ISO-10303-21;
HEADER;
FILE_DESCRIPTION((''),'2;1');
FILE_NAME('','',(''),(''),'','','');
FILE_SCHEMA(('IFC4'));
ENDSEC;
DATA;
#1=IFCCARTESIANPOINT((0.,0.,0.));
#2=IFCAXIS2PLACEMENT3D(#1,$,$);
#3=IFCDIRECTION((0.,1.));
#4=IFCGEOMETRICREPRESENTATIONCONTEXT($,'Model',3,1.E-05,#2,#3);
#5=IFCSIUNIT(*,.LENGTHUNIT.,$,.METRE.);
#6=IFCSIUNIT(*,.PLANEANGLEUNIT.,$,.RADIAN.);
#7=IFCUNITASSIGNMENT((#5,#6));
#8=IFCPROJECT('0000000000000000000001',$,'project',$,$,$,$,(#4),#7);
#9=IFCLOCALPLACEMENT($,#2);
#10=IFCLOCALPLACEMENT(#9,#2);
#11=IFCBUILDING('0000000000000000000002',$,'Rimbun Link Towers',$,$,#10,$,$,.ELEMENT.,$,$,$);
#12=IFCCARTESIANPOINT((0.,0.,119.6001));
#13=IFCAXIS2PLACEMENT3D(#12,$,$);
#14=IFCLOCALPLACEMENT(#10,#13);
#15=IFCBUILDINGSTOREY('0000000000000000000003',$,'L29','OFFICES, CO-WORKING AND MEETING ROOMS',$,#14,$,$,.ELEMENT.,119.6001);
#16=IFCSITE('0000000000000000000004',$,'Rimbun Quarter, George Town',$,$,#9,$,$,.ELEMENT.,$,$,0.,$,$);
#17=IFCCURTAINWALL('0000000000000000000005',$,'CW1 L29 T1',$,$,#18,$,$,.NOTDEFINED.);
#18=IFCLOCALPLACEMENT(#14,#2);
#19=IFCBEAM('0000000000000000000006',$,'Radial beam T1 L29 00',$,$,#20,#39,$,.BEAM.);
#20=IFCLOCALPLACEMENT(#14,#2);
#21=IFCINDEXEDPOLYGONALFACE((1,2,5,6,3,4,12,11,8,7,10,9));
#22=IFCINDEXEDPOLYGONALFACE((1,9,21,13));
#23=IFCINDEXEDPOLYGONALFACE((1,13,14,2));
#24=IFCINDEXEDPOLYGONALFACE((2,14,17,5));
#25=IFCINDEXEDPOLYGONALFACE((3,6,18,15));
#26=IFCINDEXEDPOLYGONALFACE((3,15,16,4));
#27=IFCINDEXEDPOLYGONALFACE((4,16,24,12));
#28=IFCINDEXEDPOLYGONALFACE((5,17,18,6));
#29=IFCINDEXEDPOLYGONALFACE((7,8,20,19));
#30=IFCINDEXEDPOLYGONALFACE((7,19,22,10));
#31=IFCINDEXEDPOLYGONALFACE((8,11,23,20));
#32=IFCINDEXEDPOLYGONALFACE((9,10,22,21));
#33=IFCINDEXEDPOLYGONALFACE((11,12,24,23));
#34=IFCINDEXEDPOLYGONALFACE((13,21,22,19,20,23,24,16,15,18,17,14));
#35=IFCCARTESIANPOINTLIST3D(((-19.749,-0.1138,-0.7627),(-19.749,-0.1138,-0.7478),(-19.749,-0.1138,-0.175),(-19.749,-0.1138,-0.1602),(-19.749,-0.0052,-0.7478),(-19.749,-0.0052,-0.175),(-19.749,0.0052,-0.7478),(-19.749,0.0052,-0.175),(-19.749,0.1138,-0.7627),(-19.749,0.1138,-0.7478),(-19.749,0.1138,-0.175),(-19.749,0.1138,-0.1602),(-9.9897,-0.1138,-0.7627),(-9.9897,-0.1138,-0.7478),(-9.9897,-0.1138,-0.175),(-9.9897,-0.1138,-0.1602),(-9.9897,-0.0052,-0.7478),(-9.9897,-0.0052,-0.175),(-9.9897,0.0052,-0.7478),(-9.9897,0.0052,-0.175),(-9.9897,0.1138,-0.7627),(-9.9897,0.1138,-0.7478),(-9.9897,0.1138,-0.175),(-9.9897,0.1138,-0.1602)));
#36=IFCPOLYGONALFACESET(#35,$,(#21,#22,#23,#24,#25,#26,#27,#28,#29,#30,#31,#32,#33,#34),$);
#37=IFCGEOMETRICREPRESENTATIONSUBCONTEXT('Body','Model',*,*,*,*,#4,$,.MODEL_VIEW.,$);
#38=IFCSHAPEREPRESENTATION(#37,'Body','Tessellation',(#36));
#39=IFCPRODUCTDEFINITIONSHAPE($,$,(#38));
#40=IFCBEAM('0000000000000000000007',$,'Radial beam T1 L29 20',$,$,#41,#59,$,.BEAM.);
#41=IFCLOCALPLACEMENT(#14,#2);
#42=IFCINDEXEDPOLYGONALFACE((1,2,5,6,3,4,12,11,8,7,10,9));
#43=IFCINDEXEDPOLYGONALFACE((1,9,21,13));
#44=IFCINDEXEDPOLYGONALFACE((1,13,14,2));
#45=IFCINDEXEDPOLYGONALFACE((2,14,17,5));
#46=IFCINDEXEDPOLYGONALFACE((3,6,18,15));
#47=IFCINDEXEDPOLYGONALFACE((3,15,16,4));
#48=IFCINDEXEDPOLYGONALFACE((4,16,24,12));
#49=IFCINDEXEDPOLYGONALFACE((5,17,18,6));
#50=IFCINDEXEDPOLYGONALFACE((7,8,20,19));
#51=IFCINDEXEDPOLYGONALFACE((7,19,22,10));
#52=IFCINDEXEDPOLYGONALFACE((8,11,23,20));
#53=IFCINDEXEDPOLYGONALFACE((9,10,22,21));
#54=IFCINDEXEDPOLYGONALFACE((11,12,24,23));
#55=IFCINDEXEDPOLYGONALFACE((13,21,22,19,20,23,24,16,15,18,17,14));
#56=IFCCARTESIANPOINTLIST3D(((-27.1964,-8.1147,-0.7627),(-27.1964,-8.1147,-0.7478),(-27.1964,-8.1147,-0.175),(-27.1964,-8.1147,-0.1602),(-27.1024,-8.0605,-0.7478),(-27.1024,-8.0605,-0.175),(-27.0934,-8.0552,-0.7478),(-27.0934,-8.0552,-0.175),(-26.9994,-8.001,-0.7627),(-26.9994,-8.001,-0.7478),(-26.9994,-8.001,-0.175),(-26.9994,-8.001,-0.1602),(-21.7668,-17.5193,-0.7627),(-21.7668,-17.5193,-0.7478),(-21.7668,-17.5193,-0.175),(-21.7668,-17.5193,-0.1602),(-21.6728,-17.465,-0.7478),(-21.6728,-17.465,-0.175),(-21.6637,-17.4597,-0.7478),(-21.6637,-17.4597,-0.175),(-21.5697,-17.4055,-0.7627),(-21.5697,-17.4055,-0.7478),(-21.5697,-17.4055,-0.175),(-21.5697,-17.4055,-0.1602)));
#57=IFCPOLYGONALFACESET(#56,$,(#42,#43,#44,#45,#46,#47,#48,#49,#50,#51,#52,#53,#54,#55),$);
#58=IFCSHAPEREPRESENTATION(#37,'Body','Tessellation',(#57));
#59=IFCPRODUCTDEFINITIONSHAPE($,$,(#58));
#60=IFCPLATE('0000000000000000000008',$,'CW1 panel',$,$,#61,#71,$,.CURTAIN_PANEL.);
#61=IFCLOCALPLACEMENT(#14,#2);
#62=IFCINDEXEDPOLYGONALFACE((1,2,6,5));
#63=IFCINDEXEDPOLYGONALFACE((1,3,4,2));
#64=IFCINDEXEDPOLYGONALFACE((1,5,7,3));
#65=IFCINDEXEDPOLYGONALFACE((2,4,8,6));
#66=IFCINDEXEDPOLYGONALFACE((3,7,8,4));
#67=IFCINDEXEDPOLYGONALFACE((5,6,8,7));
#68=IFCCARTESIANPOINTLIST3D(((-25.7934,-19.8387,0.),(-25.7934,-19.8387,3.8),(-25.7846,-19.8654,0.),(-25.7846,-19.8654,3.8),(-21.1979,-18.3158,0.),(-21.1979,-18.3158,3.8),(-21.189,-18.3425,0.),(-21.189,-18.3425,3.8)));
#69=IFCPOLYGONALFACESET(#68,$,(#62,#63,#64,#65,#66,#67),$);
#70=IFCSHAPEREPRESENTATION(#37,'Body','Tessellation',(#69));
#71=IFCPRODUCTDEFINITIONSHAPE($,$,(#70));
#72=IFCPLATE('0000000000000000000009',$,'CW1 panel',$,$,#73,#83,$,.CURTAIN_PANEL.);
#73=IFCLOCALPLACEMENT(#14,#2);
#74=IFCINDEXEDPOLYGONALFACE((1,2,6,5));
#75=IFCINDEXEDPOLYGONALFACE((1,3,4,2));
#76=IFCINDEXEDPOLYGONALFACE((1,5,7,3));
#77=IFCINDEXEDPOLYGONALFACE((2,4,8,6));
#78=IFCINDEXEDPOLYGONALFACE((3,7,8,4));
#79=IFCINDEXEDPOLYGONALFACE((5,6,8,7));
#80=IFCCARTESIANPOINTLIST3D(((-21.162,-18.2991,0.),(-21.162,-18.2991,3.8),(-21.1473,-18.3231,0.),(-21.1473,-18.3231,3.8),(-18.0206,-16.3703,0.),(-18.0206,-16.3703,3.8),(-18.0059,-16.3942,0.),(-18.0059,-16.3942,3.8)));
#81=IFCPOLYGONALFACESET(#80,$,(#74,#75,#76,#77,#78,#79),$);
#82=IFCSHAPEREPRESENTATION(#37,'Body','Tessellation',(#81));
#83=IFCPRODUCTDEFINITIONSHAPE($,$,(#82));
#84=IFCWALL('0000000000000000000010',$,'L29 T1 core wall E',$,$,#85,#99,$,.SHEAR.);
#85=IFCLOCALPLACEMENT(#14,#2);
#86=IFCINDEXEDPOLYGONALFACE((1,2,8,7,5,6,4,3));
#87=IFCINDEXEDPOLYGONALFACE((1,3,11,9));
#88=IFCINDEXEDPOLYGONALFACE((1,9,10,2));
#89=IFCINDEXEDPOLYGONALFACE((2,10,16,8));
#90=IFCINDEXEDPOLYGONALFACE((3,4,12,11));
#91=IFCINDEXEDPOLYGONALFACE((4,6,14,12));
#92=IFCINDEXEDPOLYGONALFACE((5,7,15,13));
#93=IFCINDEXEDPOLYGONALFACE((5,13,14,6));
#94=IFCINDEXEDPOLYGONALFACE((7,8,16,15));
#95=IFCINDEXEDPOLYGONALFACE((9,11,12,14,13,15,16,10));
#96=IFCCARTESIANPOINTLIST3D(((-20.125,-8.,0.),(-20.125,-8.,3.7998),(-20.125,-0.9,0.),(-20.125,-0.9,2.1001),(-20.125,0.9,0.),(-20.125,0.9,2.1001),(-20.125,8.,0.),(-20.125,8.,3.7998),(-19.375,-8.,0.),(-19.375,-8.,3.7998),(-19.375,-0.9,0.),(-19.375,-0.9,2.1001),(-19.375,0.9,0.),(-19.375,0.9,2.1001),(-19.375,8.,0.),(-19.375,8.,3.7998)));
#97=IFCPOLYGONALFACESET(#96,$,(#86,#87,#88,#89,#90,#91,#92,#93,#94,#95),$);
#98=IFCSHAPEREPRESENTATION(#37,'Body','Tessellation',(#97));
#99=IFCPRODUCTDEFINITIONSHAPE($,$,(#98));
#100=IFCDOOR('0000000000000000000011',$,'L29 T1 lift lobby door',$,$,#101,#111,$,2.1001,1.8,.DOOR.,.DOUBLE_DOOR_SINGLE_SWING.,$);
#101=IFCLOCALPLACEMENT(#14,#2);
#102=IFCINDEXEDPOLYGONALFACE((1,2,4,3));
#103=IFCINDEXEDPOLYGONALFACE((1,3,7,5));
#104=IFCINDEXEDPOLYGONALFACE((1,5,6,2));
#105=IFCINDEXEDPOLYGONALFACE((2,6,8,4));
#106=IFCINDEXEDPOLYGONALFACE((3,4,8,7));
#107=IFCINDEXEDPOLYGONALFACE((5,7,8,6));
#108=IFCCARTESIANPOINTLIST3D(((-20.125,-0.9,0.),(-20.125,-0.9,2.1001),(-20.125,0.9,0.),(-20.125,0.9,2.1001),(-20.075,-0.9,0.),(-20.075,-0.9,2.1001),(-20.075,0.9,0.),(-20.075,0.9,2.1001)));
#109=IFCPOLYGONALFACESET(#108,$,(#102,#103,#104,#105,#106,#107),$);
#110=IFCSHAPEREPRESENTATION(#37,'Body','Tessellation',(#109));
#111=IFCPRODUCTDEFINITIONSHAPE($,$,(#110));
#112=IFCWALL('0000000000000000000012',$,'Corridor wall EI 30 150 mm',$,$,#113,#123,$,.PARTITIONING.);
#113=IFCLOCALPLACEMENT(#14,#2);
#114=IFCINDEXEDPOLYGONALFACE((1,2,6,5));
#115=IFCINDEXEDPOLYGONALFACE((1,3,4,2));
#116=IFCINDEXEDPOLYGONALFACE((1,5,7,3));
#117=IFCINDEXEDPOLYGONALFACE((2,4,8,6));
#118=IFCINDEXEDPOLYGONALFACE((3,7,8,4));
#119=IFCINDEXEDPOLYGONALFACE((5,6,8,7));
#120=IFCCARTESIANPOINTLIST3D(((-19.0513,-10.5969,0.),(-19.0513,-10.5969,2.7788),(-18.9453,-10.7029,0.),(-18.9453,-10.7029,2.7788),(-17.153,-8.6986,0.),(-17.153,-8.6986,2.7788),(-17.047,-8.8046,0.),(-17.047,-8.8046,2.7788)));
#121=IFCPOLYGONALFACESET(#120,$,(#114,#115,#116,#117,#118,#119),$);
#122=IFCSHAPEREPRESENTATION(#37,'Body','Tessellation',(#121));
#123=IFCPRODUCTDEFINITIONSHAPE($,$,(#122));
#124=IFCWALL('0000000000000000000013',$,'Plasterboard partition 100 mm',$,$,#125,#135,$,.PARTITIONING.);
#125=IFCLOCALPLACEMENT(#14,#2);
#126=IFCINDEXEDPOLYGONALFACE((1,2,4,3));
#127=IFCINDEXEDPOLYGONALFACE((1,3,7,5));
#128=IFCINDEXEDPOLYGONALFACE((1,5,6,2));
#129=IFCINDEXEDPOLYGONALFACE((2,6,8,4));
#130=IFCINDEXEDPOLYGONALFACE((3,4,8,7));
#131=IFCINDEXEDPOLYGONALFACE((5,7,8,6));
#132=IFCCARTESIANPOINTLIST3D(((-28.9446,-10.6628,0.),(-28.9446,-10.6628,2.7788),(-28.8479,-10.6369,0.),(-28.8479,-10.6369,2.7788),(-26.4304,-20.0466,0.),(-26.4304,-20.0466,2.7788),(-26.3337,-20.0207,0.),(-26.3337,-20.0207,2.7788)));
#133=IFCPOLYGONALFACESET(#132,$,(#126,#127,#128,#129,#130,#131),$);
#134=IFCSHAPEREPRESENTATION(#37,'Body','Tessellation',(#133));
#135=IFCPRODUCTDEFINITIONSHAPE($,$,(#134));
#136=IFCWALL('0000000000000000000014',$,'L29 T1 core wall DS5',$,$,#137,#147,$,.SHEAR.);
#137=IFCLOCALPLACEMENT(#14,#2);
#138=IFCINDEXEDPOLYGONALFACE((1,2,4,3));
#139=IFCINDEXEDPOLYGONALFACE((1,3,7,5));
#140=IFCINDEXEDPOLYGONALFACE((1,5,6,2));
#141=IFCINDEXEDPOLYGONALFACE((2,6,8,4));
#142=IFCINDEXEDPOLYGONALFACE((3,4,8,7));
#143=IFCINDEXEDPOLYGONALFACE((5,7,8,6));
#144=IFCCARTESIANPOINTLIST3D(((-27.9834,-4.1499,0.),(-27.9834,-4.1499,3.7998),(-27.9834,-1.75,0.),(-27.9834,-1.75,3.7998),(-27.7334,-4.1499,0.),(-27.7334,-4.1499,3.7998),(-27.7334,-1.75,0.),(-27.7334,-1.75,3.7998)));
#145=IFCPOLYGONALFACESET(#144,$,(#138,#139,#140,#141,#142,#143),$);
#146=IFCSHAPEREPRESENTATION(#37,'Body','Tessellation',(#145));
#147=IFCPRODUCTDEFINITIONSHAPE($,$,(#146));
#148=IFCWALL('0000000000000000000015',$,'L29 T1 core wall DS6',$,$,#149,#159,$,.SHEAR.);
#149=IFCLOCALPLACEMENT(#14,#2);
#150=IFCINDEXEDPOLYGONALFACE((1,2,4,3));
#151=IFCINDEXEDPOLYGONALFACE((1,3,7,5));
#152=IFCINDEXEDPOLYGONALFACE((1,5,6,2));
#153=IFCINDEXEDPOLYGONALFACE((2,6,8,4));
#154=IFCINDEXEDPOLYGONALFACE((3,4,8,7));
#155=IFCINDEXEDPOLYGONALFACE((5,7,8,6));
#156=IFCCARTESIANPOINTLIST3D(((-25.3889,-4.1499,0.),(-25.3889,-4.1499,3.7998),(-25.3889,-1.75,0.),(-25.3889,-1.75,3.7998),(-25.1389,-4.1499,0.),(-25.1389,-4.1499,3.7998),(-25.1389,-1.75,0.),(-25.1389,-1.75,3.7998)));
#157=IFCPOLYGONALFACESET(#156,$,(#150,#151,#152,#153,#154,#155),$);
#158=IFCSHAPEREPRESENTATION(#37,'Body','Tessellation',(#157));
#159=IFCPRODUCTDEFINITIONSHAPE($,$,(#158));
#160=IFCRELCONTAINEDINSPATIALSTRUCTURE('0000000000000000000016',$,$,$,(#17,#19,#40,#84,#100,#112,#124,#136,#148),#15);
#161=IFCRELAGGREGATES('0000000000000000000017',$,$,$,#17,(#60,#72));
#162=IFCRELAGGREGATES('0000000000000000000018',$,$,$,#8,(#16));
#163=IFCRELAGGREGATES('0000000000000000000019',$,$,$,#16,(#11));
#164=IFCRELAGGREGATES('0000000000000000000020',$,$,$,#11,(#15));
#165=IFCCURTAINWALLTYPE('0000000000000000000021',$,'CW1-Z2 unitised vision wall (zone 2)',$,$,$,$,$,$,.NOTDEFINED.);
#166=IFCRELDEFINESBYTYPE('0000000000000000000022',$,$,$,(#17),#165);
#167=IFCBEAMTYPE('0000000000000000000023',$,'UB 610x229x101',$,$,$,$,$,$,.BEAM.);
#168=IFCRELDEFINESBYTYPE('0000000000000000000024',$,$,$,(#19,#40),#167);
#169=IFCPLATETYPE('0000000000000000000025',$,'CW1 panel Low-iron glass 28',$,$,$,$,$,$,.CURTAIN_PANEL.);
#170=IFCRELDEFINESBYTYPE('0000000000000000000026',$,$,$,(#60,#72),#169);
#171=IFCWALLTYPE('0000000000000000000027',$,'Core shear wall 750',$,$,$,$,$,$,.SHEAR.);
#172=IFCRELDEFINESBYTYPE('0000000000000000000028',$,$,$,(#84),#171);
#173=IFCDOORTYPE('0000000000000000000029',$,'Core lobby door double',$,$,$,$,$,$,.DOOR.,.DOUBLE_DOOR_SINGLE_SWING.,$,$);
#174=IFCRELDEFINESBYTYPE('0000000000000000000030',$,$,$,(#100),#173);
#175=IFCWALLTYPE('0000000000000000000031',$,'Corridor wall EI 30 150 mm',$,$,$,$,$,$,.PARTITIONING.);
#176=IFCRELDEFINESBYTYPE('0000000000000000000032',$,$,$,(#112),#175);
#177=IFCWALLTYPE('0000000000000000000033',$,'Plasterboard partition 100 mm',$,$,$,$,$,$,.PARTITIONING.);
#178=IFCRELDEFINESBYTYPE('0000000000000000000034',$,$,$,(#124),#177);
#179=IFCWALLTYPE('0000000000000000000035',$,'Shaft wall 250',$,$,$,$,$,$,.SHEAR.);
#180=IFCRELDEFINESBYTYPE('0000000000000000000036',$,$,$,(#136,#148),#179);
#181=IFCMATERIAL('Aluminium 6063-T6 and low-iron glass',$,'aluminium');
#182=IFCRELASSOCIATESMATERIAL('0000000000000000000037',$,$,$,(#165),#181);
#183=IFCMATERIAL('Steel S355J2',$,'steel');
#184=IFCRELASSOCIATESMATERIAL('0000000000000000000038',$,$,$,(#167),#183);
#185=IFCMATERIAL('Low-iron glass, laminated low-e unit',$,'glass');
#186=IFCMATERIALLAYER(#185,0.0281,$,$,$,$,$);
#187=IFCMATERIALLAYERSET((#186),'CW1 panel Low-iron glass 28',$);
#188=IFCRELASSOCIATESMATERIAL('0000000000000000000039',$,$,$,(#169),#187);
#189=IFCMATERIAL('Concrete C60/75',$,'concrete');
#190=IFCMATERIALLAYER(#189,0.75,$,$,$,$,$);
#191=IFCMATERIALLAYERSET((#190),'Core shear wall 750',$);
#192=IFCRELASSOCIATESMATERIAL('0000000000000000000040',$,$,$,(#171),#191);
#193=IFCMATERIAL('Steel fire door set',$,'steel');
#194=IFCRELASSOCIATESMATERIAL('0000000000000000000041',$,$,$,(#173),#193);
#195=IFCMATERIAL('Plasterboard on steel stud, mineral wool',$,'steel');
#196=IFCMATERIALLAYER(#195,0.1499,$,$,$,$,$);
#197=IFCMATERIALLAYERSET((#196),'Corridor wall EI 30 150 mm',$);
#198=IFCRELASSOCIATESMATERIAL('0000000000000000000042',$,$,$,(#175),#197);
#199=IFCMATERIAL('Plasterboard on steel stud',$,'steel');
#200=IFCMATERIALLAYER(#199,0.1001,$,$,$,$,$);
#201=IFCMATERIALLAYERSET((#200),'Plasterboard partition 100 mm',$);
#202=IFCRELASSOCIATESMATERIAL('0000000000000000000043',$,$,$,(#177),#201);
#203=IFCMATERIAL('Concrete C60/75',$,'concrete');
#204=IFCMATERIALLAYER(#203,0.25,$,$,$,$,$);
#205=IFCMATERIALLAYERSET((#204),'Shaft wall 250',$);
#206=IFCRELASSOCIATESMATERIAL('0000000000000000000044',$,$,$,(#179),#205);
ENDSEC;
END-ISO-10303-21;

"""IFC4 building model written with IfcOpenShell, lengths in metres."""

from ifc_helpers import new_model, si_unit, direction, frame, frame_2d, origin, origin_2d, place, context, subcontext, project, spatial, rectangle, i_section, extrude, material, layer, layer_set, material_profile, profile_set, type_object, element, fill, aggregate, save


model = new_model("IFC4")

# Units and contexts
model_context = context("Model", 3, precision=1e-05, world=origin(), true_north=direction((0.0, 1.0)))
body_context = subcontext(model_context, "Body", "Model", "MODEL_VIEW")
ifc_project = project(units=[si_unit("LENGTHUNIT", "METRE"), si_unit("PLANEANGLEUNIT", "RADIAN")], contexts=[model_context])

# Site, building, storey
site_placement = place(None, origin())
site = spatial("IfcSite", under=ifc_project, at=site_placement, Name="Rimbun Quarter, George Town", CompositionType="ELEMENT", RefElevation=0.0)
building_placement = place(site_placement, origin())
building = spatial("IfcBuilding", under=site, at=building_placement, Name="Rimbun Link Towers", CompositionType="ELEMENT")
storey_placement = place(building_placement, frame((0.0, 0.0, 119.6001)))
storey = spatial("IfcBuildingStorey", under=building, at=storey_placement, Name="L29", Description="OFFICES, CO-WORKING AND MEETING ROOMS", CompositionType="ELEMENT", Elevation=119.6001)

# Curtain wall
ifc_material_1 = material(Name="Aluminium 6063-T6 and low-iron glass", Category="aluminium")
curtain_wall_type = type_object("IfcCurtainWallType", Name="CW1-Z2 unitised vision wall (zone 2)", PredefinedType="NOTDEFINED", material=ifc_material_1)
curtain_wall_placement = place(storey_placement, origin())
curtain_wall = element("IfcCurtainWall", 1, at=curtain_wall_placement, inside=storey, type_object=curtain_wall_type, Name="CW1 L29 T1", PredefinedType="NOTDEFINED")

# Beams
ifc_material_2 = material(Name="Steel S355J2", Category="steel")
ifc_material_profile_1 = material_profile(ifc_material_2, i_section(OverallWidth=0.2275, OverallDepth=0.6025, WebThickness=0.0105, FlangeThickness=0.0149, at=origin_2d()), Name="UB 610x229x101")
ifc_profile_set_1 = profile_set([ifc_material_profile_1], Name="Steel S355J2")
beam_type_1 = type_object("IfcBeamType", Name="UB 610x229x101", PredefinedType="BEAM", material=ifc_profile_set_1)
beam_1_placement = place(storey_placement, frame((-19.749, 0.0, -0.4614), z_axis=(1.0, 0.0, 0.0), x_axis=(0.0, 1.0, 0.0)))
element("IfcBeam", 2, at=beam_1_placement, inside=storey, type_object=beam_type_1, Name="Radial beam T1 L29 00", PredefinedType="BEAM", context=body_context, shape_type="SweptSolid", body=[
    extrude(i_section(OverallWidth=0.2275, OverallDepth=0.6025, WebThickness=0.0105, FlangeThickness=0.0149, at=origin_2d()), origin(), (0.0, 0.0, 1.0), 9.7593),
])
beam_2_placement = place(storey_placement, frame((-27.0979, -8.0579, -0.4614), z_axis=(0.499998, -0.866026, 0.0), x_axis=(0.866026, 0.499998, 0.0)))
element("IfcBeam", 3, at=beam_2_placement, inside=storey, type_object=beam_type_1, Name="Radial beam T1 L29 20", PredefinedType="BEAM", context=body_context, shape_type="SweptSolid", body=[
    extrude(i_section(OverallWidth=0.2275, OverallDepth=0.6025, WebThickness=0.0105, FlangeThickness=0.0149, at=origin_2d()), origin(), (0.0, 0.0, 1.0), 10.8594),
])

# Plates
ifc_material_3 = material(Name="Low-iron glass, laminated low-e unit", Category="glass")
ifc_layer_1 = layer(ifc_material_3, 0.0281)
ifc_layer_set_1 = layer_set([ifc_layer_1], Name="CW1 panel Low-iron glass 28")
plate_type = type_object("IfcPlateType", Name="CW1 panel Low-iron glass 28", PredefinedType="CURTAIN_PANEL", material=ifc_layer_set_1)
plate_1_placement = place(storey_placement, frame((-23.4912, -19.0906, 0.0), z_axis=(0.0, 0.0, 1.0), x_axis=(-0.949236, -0.314563, 0.0)))
plate_1 = element("IfcPlate", 4, at=plate_1_placement, type_object=plate_type, Name="CW1 panel", PredefinedType="CURTAIN_PANEL", context=body_context, shape_type="SweptSolid", body=[
    extrude(rectangle(XDim=4.8413, YDim=0.0281, at=origin_2d()), origin(), (0.0, 0.0, 1.0), 3.8),
])
plate_2_placement = place(storey_placement, frame((-19.584, -17.3467, 0.0), z_axis=(0.0, 0.0, 1.0), x_axis=(-0.852183, -0.523243, 0.0)))
plate_2 = element("IfcPlate", 5, at=plate_2_placement, type_object=plate_type, Name="CW1 panel", PredefinedType="CURTAIN_PANEL", context=body_context, shape_type="SweptSolid", body=[
    extrude(rectangle(XDim=3.6863, YDim=0.0281, at=origin_2d()), origin(), (0.0, 0.0, 1.0), 3.8),
])
aggregate(curtain_wall, [plate_1, plate_2])

# Wall, opening, door
ifc_material_4 = material(Name="Concrete C60/75", Category="concrete")
ifc_layer_2 = layer(ifc_material_4, 0.75)
ifc_layer_set_2 = layer_set([ifc_layer_2], Name="Core shear wall 750")
wall_type_1 = type_object("IfcWallType", Name="Core shear wall 750", PredefinedType="SHEAR", material=ifc_layer_set_2)
wall_1_placement = place(storey_placement, frame((-19.75, -8.0, 0.0), z_axis=(0.0, 0.0, 1.0), x_axis=(0.0, 1.0, 0.0)))
wall_1 = element("IfcWall", 6, at=wall_1_placement, inside=storey, type_object=wall_type_1, Name="L29 T1 core wall E", PredefinedType="SHEAR", context=body_context, shape_type="SweptSolid", body=[
    extrude(rectangle(XDim=16.0, YDim=0.75, at=frame_2d((8.0, 0.0))), origin(), (0.0, 0.0, 1.0), 3.7998),
])
opening_1_placement = place(wall_1_placement, frame((7.1001, 0.0, 0.0)))
opening_1 = element("IfcOpeningElement", 7, at=opening_1_placement, cuts=wall_1, PredefinedType="OPENING", context=body_context, shape_type="SweptSolid", body=[
    extrude(rectangle(XDim=1.8, YDim=2.1001, at=frame_2d((0.8999, 1.05))), frame((0.0, 0.385, 0.0), z_axis=(0.0, -1.0, 0.0), x_axis=(1.0, 0.0, 0.0)), (0.0, 0.0, 1.0), 0.77),
])
ifc_material_5 = material(Name="Steel fire door set", Category="steel")
door_type_1 = type_object("IfcDoorType", Name="Core lobby door double", OperationType="DOUBLE_DOOR_SINGLE_SWING", PredefinedType="DOOR", material=ifc_material_5)
door_1_placement = place(opening_1_placement, origin())
door_1 = element("IfcDoor", 8, at=door_1_placement, inside=storey, type_object=door_type_1, Name="L29 T1 lift lobby door", OperationType="DOUBLE_DOOR_SINGLE_SWING", OverallHeight=2.1001, OverallWidth=1.8, PredefinedType="DOOR", context=body_context, shape_type="SweptSolid", body=[
    extrude(rectangle(XDim=1.8, YDim=2.1001, at=frame_2d((0.8999, 1.05))), frame((0.0, 0.375, 0.0), z_axis=(0.0, -1.0, 0.0), x_axis=(1.0, 0.0, 0.0)), (0.0, 0.0, 1.0), 0.05),
])
fill(opening_1, door_1)

# Walls
ifc_material_6 = material(Name="Plasterboard on steel stud, mineral wool", Category="steel")
ifc_layer_3 = layer(ifc_material_6, 0.1499)
ifc_layer_set_3 = layer_set([ifc_layer_3], Name="Corridor wall EI 30 150 mm")
wall_type_2 = type_object("IfcWallType", Name="Corridor wall EI 30 150 mm", PredefinedType="PARTITIONING", material=ifc_layer_set_3)
wall_2_placement = place(storey_placement, frame((-18.9983, -10.6499, 0.0), z_axis=(0.0, 0.0, 1.0), x_axis=(0.707107, 0.707107, 0.0)))
element("IfcWall", 9, at=wall_2_placement, inside=storey, type_object=wall_type_2, Name="Corridor wall EI 30 150 mm", PredefinedType="PARTITIONING", context=body_context, shape_type="SweptSolid", body=[
    extrude(rectangle(XDim=2.6846, YDim=0.1499, at=frame_2d((1.3423, 0.0))), origin(), (0.0, 0.0, 1.0), 2.7788),
])
ifc_material_7 = material(Name="Plasterboard on steel stud", Category="steel")
ifc_layer_4 = layer(ifc_material_7, 0.1001)
ifc_layer_set_4 = layer_set([ifc_layer_4], Name="Plasterboard partition 100 mm")
wall_type_3 = type_object("IfcWallType", Name="Plasterboard partition 100 mm", PredefinedType="PARTITIONING", material=ifc_layer_set_4)
wall_3_placement = place(storey_placement, frame((-26.3821, -20.0337, 0.0), z_axis=(0.0, 0.0, 1.0), x_axis=(-0.258798, 0.965931, 0.0)))
element("IfcWall", 10, at=wall_3_placement, inside=storey, type_object=wall_type_3, Name="Plasterboard partition 100 mm", PredefinedType="PARTITIONING", context=body_context, shape_type="SweptSolid", body=[
    extrude(rectangle(XDim=9.7148, YDim=0.1001, at=frame_2d((4.8574, 0.0))), origin(), (0.0, 0.0, 1.0), 2.7788),
])
ifc_material_8 = material(Name="Concrete C60/75", Category="concrete")
ifc_layer_5 = layer(ifc_material_8, 0.25)
ifc_layer_set_5 = layer_set([ifc_layer_5], Name="Shaft wall 250")
wall_type_4 = type_object("IfcWallType", Name="Shaft wall 250", PredefinedType="SHEAR", material=ifc_layer_set_5)
for number, where, z_axis, x_axis, name in (
    (11, (-27.8584, -4.1499, 0.0), (0.0, 0.0, 1.0), (0.0, 1.0, 0.0), "L29 T1 core wall DS5"),
    (12, (-25.2639, -4.1499, 0.0), (0.0, 0.0, 1.0), (0.0, 1.0, 0.0), "L29 T1 core wall DS6"),
):
    element("IfcWall", number, at=place(storey_placement, frame(where, z_axis=z_axis, x_axis=x_axis)), inside=storey, type_object=wall_type_4, Name=name, PredefinedType="SHEAR", context=body_context, shape_type="SweptSolid", body=[
        extrude(rectangle(XDim=2.3999, YDim=0.25, at=frame_2d((1.2, 0.0))), origin(), (0.0, 0.0, 1.0), 3.7998),
    ])

save(model, "model.ifc")
